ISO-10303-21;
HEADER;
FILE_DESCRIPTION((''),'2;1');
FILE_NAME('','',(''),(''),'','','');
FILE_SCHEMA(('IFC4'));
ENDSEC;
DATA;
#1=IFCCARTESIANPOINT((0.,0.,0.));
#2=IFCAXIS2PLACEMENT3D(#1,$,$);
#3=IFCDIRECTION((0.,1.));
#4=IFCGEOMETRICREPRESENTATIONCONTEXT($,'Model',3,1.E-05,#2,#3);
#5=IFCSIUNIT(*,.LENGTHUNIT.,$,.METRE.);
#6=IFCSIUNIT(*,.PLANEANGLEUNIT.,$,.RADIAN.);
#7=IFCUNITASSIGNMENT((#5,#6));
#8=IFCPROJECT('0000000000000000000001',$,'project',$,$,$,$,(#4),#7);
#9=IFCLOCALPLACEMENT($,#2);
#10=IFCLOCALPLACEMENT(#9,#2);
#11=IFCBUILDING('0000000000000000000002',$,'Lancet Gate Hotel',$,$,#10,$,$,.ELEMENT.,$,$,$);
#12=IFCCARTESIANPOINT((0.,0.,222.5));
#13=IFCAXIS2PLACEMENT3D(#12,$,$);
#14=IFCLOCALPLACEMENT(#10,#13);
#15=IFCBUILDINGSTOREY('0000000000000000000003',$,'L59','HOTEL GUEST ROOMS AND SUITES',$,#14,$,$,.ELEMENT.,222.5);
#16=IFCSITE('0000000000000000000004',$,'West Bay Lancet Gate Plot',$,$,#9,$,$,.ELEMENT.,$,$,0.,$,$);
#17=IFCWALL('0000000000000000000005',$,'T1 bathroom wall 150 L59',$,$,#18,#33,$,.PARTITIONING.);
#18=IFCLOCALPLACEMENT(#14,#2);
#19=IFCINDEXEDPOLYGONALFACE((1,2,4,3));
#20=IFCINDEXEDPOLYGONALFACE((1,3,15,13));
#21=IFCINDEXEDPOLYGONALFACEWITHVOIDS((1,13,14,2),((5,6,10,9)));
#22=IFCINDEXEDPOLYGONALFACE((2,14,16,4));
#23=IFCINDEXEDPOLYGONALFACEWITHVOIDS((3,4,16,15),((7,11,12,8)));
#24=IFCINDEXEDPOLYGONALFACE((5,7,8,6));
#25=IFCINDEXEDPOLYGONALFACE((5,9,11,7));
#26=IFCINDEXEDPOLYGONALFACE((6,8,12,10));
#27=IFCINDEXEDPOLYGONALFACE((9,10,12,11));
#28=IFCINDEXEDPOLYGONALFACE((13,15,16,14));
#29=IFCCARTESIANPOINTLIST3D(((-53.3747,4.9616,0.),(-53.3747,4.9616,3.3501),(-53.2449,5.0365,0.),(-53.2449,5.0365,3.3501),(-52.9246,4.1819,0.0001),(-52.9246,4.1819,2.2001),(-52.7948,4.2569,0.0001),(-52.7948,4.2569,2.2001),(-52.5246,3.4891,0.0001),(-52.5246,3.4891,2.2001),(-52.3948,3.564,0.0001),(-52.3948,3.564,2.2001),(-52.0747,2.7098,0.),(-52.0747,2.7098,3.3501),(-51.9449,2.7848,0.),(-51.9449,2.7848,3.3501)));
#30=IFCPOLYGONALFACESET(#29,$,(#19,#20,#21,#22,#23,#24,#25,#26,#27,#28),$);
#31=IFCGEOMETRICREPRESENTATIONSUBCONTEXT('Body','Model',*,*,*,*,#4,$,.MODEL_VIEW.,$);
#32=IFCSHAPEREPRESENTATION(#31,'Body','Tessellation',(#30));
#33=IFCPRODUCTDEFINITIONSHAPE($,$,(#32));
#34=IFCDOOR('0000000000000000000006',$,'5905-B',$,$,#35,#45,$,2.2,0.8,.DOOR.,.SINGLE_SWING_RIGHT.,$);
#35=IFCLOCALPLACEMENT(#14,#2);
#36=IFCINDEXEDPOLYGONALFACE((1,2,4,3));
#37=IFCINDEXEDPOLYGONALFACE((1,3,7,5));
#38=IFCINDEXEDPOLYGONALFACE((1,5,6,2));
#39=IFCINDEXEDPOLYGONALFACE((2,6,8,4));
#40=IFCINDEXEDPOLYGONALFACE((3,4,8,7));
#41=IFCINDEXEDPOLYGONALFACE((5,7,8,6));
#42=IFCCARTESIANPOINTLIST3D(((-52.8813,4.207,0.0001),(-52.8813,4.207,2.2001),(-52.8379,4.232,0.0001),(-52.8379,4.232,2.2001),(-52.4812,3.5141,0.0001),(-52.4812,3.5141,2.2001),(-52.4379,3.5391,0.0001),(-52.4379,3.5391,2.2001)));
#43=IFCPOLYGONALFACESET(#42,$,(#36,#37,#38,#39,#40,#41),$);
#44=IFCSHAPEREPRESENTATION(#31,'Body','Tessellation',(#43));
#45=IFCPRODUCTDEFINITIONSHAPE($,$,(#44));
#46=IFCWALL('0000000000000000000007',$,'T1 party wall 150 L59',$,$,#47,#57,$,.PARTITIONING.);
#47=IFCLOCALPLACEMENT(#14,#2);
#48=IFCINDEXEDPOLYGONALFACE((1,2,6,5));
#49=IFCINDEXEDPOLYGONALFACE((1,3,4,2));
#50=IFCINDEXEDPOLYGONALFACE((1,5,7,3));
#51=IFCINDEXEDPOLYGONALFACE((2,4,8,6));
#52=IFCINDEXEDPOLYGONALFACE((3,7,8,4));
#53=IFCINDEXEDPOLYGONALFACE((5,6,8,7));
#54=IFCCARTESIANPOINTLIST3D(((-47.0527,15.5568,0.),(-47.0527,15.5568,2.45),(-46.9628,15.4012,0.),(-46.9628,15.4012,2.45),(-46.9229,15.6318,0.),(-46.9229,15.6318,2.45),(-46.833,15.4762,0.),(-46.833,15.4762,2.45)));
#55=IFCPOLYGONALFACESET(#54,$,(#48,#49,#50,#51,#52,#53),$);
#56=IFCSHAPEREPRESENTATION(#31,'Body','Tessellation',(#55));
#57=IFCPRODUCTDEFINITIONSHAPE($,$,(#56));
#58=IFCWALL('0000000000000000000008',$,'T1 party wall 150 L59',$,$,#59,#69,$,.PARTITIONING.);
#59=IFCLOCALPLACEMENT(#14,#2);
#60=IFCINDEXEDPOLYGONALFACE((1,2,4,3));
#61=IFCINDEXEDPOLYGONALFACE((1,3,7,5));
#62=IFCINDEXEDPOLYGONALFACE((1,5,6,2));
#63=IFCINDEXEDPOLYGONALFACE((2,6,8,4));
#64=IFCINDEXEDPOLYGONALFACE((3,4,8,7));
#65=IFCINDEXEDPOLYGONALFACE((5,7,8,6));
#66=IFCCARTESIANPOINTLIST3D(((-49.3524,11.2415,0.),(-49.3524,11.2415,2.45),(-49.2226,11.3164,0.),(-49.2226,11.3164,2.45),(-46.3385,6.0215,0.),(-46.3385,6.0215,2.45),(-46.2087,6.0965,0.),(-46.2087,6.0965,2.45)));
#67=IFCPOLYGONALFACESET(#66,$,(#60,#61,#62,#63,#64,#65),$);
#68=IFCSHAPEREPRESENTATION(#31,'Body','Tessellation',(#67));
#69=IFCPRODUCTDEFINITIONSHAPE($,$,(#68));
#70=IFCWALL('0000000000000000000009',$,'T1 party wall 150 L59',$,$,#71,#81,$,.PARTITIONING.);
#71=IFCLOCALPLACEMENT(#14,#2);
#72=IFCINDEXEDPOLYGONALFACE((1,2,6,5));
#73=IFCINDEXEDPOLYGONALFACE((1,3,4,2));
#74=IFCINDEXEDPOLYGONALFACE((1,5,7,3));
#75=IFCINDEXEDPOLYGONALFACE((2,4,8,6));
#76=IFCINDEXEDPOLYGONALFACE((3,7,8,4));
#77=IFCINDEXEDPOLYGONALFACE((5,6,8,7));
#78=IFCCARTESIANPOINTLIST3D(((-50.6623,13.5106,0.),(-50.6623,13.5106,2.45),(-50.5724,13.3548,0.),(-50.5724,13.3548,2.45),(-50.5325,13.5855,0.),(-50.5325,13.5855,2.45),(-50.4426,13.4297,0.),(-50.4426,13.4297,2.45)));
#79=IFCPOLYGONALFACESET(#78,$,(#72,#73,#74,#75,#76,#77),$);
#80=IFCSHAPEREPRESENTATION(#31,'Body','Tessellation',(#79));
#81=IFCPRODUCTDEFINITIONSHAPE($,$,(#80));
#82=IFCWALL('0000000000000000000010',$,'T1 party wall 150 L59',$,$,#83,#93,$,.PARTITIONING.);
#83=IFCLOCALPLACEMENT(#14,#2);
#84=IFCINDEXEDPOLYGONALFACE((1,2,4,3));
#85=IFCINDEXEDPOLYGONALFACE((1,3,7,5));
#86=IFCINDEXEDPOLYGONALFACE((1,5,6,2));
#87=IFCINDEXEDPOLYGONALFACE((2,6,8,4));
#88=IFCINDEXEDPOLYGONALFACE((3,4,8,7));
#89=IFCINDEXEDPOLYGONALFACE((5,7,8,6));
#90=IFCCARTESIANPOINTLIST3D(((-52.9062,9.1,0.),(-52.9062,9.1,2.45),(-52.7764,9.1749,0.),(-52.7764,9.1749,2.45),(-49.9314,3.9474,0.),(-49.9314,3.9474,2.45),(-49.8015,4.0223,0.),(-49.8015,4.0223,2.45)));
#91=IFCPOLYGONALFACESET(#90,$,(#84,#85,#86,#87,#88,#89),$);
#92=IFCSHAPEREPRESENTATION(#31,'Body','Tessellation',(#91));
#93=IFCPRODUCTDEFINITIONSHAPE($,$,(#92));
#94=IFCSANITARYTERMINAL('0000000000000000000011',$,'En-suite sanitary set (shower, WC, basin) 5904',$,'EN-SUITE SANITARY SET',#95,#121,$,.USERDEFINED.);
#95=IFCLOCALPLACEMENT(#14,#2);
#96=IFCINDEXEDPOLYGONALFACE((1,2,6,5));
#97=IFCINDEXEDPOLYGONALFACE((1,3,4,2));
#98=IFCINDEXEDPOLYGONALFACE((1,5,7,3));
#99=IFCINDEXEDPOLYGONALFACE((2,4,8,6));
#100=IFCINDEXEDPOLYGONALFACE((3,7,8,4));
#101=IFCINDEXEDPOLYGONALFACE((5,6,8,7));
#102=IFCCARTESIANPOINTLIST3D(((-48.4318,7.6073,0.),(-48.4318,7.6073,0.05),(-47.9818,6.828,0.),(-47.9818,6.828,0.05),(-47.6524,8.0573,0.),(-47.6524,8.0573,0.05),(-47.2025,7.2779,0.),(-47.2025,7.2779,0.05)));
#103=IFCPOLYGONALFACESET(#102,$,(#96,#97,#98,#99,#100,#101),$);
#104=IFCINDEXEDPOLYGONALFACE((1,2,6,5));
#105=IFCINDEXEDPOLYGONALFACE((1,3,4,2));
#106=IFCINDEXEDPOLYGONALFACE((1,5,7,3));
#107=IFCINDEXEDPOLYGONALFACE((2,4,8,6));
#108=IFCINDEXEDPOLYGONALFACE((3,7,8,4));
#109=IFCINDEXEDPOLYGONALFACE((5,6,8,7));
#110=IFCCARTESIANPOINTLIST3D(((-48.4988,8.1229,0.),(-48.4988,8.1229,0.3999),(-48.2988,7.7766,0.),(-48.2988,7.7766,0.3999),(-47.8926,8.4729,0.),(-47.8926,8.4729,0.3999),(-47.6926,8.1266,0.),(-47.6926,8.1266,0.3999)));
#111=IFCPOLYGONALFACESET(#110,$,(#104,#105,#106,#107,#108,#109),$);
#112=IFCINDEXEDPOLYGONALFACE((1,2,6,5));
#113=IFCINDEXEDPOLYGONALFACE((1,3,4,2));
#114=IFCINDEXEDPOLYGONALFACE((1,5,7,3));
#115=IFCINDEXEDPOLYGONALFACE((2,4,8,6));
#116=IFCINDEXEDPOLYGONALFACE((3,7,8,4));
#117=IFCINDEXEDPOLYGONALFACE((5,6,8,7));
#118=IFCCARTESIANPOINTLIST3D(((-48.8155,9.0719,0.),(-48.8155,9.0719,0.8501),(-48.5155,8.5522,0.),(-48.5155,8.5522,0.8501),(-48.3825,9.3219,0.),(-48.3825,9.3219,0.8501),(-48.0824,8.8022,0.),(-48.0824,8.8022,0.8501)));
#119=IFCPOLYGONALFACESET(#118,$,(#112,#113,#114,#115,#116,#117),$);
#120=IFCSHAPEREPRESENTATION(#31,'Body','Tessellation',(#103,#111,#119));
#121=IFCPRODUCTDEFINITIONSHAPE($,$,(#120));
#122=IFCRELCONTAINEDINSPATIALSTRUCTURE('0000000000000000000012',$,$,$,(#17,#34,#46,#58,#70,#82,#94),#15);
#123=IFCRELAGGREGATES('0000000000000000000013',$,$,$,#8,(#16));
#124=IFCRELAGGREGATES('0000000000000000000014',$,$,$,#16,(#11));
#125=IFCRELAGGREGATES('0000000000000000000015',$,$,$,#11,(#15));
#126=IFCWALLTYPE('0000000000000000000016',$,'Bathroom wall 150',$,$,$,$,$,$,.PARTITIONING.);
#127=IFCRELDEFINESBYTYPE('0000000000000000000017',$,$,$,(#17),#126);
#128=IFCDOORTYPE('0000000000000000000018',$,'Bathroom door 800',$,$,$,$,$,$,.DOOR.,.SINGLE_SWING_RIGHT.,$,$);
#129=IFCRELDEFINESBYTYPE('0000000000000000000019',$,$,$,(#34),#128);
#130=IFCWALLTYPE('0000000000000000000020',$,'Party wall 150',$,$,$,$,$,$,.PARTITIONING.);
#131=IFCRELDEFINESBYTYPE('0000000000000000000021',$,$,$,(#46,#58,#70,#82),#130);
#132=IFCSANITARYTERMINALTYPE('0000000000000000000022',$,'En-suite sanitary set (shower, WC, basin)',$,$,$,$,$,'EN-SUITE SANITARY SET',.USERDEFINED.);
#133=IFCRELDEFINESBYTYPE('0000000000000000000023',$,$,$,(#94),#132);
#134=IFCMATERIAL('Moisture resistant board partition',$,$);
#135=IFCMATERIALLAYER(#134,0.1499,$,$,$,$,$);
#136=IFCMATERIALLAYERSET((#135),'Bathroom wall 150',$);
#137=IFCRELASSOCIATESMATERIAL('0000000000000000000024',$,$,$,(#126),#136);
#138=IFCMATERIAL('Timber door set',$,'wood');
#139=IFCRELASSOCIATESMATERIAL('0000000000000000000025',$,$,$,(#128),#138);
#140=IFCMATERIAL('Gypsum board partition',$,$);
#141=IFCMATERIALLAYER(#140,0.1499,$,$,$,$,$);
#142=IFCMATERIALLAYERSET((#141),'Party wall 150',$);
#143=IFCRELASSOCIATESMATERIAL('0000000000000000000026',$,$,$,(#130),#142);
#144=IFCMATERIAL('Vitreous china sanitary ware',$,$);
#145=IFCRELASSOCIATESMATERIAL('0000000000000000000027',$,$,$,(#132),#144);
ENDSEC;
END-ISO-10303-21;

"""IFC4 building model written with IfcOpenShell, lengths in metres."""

from ifc_helpers import new_model, si_unit, direction, frame, frame_2d, origin, origin_2d, place, context, subcontext, project, spatial, rectangle, extrude, material, layer, layer_set, type_object, element, fill, save


model = new_model("IFC4")

# Units and contexts
model_context = context("Model", 3, precision=1e-05, world=origin(), true_north=direction((0.0, 1.0)))
body_context = subcontext(model_context, "Body", "Model", "MODEL_VIEW")
ifc_project = project(units=[si_unit("LENGTHUNIT", "METRE"), si_unit("PLANEANGLEUNIT", "RADIAN")], contexts=[model_context])

# Site, building, storey
site_placement = place(None, origin())
site = spatial("IfcSite", under=ifc_project, at=site_placement, Name="West Bay Lancet Gate Plot", CompositionType="ELEMENT", RefElevation=0.0)
building_placement = place(site_placement, origin())
building = spatial("IfcBuilding", under=site, at=building_placement, Name="Lancet Gate Hotel", CompositionType="ELEMENT")
storey_placement = place(building_placement, frame((0.0, 0.0, 222.5)))
storey = spatial("IfcBuildingStorey", under=building, at=storey_placement, Name="L59", Description="HOTEL GUEST ROOMS AND SUITES", CompositionType="ELEMENT", Elevation=222.5)

# Shared definitions
ifc_material_1 = material(Name="Moisture resistant board partition")
ifc_layer_1 = layer(ifc_material_1, 0.1499)
ifc_layer_set_1 = layer_set([ifc_layer_1], Name="Bathroom wall 150")
wall_type_1 = type_object("IfcWallType", Name="Bathroom wall 150", PredefinedType="PARTITIONING", material=ifc_layer_set_1)
ifc_material_2 = material(Name="Timber door set", Category="wood")
door_type = type_object("IfcDoorType", Name="Bathroom door 800", OperationType="SINGLE_SWING_RIGHT", PredefinedType="DOOR", material=ifc_material_2)

# Wall, opening, door
wall_1_placement = place(storey_placement, frame((-52.0098, 2.7473, 0.0), z_axis=(0.0, 0.0, 1.0), x_axis=(-0.500007, 0.866021, 0.0)))
wall_1 = element("IfcWall", 1, at=wall_1_placement, inside=storey, type_object=wall_type_1, Name="T1 bathroom wall 150 L59", PredefinedType="PARTITIONING", context=body_context, shape_type="SweptSolid", body=[
    extrude(rectangle(XDim=2.6001, YDim=0.1499, at=frame_2d((1.3, 0.0))), origin(), (0.0, 0.0, 1.0), 3.3501),
])
opening_1_placement = place(wall_1_placement, frame((0.8999, 0.0, 0.0)))
opening_1 = element("IfcOpeningElement", 2, at=opening_1_placement, cuts=wall_1, PredefinedType="OPENING", context=body_context, shape_type="SweptSolid", body=[
    extrude(rectangle(XDim=0.8, YDim=2.2, at=frame_2d((0.3999, 1.1001))), frame((0.0, 0.085, 0.0), z_axis=(0.0, -1.0, 0.0), x_axis=(1.0, 0.0, 0.0)), (0.0, 0.0, 1.0), 0.1699),
])
door_1_placement = place(opening_1_placement, origin())
door_1 = element("IfcDoor", 3, at=door_1_placement, inside=storey, type_object=door_type, Name="5905-B", OperationType="SINGLE_SWING_RIGHT", OverallHeight=2.2, OverallWidth=0.8, PredefinedType="DOOR", context=body_context, shape_type="SweptSolid", body=[
    extrude(rectangle(XDim=0.8, YDim=2.2, at=frame_2d((0.3999, 1.1001))), frame((0.0, 0.0249, 0.0), z_axis=(0.0, -1.0, 0.0), x_axis=(1.0, 0.0, 0.0)), (0.0, 0.0, 1.0), 0.05),
])
fill(opening_1, door_1)

# Walls
ifc_material_3 = material(Name="Gypsum board partition")
ifc_layer_2 = layer(ifc_material_3, 0.1499)
ifc_layer_set_2 = layer_set([ifc_layer_2], Name="Party wall 150")
wall_type_2 = type_object("IfcWallType", Name="Party wall 150", PredefinedType="PARTITIONING", material=ifc_layer_set_2)
wall_2_placement = place(storey_placement, frame((-46.8979, 15.4387, 0.0), z_axis=(0.0, 0.0, 1.0), x_axis=(-0.500232, 0.865891, 0.0)))
element("IfcWall", 4, at=wall_2_placement, inside=storey, type_object=wall_type_2, Name="T1 party wall 150 L59", PredefinedType="PARTITIONING", context=body_context, shape_type="SweptSolid", body=[
    extrude(rectangle(XDim=0.1797, YDim=0.1499, at=frame_2d((0.0898, 0.0))), origin(), (0.0, 0.0, 1.0), 2.45),
])
wall_3_placement = place(storey_placement, frame((-46.2737, 6.0591, 0.0), z_axis=(0.0, 0.0, 1.0), x_axis=(-0.50002, 0.866014, 0.0)))
element("IfcWall", 5, at=wall_3_placement, inside=storey, type_object=wall_type_2, Name="T1 party wall 150 L59", PredefinedType="PARTITIONING", context=body_context, shape_type="SweptSolid", body=[
    extrude(rectangle(XDim=6.0276, YDim=0.1499, at=frame_2d((3.0137, 0.0))), origin(), (0.0, 0.0, 1.0), 2.45),
])
wall_4_placement = place(storey_placement, frame((-50.5076, 13.3923, 0.0), z_axis=(0.0, 0.0, 1.0), x_axis=(-0.499644, 0.866231, 0.0)))
element("IfcWall", 6, at=wall_4_placement, inside=storey, type_object=wall_type_2, Name="T1 party wall 150 L59", PredefinedType="PARTITIONING", context=body_context, shape_type="SweptSolid", body=[
    extrude(rectangle(XDim=0.1799, YDim=0.1499, at=frame_2d((0.0898, 0.0))), origin(), (0.0, 0.0, 1.0), 2.45),
])
wall_5_placement = place(storey_placement, frame((-49.8665, 3.9849, 0.0), z_axis=(0.0, 0.0, 1.0), x_axis=(-0.500001, 0.866025, 0.0)))
element("IfcWall", 7, at=wall_5_placement, inside=storey, type_object=wall_type_2, Name="T1 party wall 150 L59", PredefinedType="PARTITIONING", context=body_context, shape_type="SweptSolid", body=[
    extrude(rectangle(XDim=5.9497, YDim=0.1499, at=frame_2d((2.9749, 0.0))), origin(), (0.0, 0.0, 1.0), 2.45),
])

# Sanitary terminal
ifc_material_4 = material(Name="Vitreous china sanitary ware")
sanitary_terminal_type = type_object("IfcSanitaryTerminalType", Name="En-suite sanitary set (shower, WC, basin)", ElementType="EN-SUITE SANITARY SET", PredefinedType="USERDEFINED", material=ifc_material_4)
sanitary_terminal_placement = place(storey_placement, frame((-47.8171, 7.4426, 0.0), z_axis=(0.0, 0.0, 1.0), x_axis=(1.0, 0.0, 0.0)))
element("IfcSanitaryTerminal", 8, at=sanitary_terminal_placement, inside=storey, type_object=sanitary_terminal_type, Name="En-suite sanitary set (shower, WC, basin) 5904", ObjectType="EN-SUITE SANITARY SET", PredefinedType="USERDEFINED", context=body_context, shape_type="SweptSolid", body=[
    extrude(rectangle(XDim=0.8999, YDim=0.8999, at=origin_2d()), frame((0.0, 0.0, 0.0), z_axis=(0.0, 0.0, 1.0), x_axis=(0.5, -0.866025, 0.0)), (0.0, 0.0, 1.0), 0.05),
    extrude(rectangle(XDim=0.3999, YDim=0.7, at=origin_2d()), frame((-0.2786, 0.6821, 0.0), z_axis=(0.0, 0.0, 1.0), x_axis=(0.5, -0.866025, 0.0)), (0.0, 0.0, 1.0), 0.3999),
    extrude(rectangle(XDim=0.6001, YDim=0.5, at=origin_2d()), frame((-0.6318, 1.4944, 0.0), z_axis=(0.0, 0.0, 1.0), x_axis=(0.5, -0.866025, 0.0)), (0.0, 0.0, 1.0), 0.8501),
])

save(model, "model.ifc")
